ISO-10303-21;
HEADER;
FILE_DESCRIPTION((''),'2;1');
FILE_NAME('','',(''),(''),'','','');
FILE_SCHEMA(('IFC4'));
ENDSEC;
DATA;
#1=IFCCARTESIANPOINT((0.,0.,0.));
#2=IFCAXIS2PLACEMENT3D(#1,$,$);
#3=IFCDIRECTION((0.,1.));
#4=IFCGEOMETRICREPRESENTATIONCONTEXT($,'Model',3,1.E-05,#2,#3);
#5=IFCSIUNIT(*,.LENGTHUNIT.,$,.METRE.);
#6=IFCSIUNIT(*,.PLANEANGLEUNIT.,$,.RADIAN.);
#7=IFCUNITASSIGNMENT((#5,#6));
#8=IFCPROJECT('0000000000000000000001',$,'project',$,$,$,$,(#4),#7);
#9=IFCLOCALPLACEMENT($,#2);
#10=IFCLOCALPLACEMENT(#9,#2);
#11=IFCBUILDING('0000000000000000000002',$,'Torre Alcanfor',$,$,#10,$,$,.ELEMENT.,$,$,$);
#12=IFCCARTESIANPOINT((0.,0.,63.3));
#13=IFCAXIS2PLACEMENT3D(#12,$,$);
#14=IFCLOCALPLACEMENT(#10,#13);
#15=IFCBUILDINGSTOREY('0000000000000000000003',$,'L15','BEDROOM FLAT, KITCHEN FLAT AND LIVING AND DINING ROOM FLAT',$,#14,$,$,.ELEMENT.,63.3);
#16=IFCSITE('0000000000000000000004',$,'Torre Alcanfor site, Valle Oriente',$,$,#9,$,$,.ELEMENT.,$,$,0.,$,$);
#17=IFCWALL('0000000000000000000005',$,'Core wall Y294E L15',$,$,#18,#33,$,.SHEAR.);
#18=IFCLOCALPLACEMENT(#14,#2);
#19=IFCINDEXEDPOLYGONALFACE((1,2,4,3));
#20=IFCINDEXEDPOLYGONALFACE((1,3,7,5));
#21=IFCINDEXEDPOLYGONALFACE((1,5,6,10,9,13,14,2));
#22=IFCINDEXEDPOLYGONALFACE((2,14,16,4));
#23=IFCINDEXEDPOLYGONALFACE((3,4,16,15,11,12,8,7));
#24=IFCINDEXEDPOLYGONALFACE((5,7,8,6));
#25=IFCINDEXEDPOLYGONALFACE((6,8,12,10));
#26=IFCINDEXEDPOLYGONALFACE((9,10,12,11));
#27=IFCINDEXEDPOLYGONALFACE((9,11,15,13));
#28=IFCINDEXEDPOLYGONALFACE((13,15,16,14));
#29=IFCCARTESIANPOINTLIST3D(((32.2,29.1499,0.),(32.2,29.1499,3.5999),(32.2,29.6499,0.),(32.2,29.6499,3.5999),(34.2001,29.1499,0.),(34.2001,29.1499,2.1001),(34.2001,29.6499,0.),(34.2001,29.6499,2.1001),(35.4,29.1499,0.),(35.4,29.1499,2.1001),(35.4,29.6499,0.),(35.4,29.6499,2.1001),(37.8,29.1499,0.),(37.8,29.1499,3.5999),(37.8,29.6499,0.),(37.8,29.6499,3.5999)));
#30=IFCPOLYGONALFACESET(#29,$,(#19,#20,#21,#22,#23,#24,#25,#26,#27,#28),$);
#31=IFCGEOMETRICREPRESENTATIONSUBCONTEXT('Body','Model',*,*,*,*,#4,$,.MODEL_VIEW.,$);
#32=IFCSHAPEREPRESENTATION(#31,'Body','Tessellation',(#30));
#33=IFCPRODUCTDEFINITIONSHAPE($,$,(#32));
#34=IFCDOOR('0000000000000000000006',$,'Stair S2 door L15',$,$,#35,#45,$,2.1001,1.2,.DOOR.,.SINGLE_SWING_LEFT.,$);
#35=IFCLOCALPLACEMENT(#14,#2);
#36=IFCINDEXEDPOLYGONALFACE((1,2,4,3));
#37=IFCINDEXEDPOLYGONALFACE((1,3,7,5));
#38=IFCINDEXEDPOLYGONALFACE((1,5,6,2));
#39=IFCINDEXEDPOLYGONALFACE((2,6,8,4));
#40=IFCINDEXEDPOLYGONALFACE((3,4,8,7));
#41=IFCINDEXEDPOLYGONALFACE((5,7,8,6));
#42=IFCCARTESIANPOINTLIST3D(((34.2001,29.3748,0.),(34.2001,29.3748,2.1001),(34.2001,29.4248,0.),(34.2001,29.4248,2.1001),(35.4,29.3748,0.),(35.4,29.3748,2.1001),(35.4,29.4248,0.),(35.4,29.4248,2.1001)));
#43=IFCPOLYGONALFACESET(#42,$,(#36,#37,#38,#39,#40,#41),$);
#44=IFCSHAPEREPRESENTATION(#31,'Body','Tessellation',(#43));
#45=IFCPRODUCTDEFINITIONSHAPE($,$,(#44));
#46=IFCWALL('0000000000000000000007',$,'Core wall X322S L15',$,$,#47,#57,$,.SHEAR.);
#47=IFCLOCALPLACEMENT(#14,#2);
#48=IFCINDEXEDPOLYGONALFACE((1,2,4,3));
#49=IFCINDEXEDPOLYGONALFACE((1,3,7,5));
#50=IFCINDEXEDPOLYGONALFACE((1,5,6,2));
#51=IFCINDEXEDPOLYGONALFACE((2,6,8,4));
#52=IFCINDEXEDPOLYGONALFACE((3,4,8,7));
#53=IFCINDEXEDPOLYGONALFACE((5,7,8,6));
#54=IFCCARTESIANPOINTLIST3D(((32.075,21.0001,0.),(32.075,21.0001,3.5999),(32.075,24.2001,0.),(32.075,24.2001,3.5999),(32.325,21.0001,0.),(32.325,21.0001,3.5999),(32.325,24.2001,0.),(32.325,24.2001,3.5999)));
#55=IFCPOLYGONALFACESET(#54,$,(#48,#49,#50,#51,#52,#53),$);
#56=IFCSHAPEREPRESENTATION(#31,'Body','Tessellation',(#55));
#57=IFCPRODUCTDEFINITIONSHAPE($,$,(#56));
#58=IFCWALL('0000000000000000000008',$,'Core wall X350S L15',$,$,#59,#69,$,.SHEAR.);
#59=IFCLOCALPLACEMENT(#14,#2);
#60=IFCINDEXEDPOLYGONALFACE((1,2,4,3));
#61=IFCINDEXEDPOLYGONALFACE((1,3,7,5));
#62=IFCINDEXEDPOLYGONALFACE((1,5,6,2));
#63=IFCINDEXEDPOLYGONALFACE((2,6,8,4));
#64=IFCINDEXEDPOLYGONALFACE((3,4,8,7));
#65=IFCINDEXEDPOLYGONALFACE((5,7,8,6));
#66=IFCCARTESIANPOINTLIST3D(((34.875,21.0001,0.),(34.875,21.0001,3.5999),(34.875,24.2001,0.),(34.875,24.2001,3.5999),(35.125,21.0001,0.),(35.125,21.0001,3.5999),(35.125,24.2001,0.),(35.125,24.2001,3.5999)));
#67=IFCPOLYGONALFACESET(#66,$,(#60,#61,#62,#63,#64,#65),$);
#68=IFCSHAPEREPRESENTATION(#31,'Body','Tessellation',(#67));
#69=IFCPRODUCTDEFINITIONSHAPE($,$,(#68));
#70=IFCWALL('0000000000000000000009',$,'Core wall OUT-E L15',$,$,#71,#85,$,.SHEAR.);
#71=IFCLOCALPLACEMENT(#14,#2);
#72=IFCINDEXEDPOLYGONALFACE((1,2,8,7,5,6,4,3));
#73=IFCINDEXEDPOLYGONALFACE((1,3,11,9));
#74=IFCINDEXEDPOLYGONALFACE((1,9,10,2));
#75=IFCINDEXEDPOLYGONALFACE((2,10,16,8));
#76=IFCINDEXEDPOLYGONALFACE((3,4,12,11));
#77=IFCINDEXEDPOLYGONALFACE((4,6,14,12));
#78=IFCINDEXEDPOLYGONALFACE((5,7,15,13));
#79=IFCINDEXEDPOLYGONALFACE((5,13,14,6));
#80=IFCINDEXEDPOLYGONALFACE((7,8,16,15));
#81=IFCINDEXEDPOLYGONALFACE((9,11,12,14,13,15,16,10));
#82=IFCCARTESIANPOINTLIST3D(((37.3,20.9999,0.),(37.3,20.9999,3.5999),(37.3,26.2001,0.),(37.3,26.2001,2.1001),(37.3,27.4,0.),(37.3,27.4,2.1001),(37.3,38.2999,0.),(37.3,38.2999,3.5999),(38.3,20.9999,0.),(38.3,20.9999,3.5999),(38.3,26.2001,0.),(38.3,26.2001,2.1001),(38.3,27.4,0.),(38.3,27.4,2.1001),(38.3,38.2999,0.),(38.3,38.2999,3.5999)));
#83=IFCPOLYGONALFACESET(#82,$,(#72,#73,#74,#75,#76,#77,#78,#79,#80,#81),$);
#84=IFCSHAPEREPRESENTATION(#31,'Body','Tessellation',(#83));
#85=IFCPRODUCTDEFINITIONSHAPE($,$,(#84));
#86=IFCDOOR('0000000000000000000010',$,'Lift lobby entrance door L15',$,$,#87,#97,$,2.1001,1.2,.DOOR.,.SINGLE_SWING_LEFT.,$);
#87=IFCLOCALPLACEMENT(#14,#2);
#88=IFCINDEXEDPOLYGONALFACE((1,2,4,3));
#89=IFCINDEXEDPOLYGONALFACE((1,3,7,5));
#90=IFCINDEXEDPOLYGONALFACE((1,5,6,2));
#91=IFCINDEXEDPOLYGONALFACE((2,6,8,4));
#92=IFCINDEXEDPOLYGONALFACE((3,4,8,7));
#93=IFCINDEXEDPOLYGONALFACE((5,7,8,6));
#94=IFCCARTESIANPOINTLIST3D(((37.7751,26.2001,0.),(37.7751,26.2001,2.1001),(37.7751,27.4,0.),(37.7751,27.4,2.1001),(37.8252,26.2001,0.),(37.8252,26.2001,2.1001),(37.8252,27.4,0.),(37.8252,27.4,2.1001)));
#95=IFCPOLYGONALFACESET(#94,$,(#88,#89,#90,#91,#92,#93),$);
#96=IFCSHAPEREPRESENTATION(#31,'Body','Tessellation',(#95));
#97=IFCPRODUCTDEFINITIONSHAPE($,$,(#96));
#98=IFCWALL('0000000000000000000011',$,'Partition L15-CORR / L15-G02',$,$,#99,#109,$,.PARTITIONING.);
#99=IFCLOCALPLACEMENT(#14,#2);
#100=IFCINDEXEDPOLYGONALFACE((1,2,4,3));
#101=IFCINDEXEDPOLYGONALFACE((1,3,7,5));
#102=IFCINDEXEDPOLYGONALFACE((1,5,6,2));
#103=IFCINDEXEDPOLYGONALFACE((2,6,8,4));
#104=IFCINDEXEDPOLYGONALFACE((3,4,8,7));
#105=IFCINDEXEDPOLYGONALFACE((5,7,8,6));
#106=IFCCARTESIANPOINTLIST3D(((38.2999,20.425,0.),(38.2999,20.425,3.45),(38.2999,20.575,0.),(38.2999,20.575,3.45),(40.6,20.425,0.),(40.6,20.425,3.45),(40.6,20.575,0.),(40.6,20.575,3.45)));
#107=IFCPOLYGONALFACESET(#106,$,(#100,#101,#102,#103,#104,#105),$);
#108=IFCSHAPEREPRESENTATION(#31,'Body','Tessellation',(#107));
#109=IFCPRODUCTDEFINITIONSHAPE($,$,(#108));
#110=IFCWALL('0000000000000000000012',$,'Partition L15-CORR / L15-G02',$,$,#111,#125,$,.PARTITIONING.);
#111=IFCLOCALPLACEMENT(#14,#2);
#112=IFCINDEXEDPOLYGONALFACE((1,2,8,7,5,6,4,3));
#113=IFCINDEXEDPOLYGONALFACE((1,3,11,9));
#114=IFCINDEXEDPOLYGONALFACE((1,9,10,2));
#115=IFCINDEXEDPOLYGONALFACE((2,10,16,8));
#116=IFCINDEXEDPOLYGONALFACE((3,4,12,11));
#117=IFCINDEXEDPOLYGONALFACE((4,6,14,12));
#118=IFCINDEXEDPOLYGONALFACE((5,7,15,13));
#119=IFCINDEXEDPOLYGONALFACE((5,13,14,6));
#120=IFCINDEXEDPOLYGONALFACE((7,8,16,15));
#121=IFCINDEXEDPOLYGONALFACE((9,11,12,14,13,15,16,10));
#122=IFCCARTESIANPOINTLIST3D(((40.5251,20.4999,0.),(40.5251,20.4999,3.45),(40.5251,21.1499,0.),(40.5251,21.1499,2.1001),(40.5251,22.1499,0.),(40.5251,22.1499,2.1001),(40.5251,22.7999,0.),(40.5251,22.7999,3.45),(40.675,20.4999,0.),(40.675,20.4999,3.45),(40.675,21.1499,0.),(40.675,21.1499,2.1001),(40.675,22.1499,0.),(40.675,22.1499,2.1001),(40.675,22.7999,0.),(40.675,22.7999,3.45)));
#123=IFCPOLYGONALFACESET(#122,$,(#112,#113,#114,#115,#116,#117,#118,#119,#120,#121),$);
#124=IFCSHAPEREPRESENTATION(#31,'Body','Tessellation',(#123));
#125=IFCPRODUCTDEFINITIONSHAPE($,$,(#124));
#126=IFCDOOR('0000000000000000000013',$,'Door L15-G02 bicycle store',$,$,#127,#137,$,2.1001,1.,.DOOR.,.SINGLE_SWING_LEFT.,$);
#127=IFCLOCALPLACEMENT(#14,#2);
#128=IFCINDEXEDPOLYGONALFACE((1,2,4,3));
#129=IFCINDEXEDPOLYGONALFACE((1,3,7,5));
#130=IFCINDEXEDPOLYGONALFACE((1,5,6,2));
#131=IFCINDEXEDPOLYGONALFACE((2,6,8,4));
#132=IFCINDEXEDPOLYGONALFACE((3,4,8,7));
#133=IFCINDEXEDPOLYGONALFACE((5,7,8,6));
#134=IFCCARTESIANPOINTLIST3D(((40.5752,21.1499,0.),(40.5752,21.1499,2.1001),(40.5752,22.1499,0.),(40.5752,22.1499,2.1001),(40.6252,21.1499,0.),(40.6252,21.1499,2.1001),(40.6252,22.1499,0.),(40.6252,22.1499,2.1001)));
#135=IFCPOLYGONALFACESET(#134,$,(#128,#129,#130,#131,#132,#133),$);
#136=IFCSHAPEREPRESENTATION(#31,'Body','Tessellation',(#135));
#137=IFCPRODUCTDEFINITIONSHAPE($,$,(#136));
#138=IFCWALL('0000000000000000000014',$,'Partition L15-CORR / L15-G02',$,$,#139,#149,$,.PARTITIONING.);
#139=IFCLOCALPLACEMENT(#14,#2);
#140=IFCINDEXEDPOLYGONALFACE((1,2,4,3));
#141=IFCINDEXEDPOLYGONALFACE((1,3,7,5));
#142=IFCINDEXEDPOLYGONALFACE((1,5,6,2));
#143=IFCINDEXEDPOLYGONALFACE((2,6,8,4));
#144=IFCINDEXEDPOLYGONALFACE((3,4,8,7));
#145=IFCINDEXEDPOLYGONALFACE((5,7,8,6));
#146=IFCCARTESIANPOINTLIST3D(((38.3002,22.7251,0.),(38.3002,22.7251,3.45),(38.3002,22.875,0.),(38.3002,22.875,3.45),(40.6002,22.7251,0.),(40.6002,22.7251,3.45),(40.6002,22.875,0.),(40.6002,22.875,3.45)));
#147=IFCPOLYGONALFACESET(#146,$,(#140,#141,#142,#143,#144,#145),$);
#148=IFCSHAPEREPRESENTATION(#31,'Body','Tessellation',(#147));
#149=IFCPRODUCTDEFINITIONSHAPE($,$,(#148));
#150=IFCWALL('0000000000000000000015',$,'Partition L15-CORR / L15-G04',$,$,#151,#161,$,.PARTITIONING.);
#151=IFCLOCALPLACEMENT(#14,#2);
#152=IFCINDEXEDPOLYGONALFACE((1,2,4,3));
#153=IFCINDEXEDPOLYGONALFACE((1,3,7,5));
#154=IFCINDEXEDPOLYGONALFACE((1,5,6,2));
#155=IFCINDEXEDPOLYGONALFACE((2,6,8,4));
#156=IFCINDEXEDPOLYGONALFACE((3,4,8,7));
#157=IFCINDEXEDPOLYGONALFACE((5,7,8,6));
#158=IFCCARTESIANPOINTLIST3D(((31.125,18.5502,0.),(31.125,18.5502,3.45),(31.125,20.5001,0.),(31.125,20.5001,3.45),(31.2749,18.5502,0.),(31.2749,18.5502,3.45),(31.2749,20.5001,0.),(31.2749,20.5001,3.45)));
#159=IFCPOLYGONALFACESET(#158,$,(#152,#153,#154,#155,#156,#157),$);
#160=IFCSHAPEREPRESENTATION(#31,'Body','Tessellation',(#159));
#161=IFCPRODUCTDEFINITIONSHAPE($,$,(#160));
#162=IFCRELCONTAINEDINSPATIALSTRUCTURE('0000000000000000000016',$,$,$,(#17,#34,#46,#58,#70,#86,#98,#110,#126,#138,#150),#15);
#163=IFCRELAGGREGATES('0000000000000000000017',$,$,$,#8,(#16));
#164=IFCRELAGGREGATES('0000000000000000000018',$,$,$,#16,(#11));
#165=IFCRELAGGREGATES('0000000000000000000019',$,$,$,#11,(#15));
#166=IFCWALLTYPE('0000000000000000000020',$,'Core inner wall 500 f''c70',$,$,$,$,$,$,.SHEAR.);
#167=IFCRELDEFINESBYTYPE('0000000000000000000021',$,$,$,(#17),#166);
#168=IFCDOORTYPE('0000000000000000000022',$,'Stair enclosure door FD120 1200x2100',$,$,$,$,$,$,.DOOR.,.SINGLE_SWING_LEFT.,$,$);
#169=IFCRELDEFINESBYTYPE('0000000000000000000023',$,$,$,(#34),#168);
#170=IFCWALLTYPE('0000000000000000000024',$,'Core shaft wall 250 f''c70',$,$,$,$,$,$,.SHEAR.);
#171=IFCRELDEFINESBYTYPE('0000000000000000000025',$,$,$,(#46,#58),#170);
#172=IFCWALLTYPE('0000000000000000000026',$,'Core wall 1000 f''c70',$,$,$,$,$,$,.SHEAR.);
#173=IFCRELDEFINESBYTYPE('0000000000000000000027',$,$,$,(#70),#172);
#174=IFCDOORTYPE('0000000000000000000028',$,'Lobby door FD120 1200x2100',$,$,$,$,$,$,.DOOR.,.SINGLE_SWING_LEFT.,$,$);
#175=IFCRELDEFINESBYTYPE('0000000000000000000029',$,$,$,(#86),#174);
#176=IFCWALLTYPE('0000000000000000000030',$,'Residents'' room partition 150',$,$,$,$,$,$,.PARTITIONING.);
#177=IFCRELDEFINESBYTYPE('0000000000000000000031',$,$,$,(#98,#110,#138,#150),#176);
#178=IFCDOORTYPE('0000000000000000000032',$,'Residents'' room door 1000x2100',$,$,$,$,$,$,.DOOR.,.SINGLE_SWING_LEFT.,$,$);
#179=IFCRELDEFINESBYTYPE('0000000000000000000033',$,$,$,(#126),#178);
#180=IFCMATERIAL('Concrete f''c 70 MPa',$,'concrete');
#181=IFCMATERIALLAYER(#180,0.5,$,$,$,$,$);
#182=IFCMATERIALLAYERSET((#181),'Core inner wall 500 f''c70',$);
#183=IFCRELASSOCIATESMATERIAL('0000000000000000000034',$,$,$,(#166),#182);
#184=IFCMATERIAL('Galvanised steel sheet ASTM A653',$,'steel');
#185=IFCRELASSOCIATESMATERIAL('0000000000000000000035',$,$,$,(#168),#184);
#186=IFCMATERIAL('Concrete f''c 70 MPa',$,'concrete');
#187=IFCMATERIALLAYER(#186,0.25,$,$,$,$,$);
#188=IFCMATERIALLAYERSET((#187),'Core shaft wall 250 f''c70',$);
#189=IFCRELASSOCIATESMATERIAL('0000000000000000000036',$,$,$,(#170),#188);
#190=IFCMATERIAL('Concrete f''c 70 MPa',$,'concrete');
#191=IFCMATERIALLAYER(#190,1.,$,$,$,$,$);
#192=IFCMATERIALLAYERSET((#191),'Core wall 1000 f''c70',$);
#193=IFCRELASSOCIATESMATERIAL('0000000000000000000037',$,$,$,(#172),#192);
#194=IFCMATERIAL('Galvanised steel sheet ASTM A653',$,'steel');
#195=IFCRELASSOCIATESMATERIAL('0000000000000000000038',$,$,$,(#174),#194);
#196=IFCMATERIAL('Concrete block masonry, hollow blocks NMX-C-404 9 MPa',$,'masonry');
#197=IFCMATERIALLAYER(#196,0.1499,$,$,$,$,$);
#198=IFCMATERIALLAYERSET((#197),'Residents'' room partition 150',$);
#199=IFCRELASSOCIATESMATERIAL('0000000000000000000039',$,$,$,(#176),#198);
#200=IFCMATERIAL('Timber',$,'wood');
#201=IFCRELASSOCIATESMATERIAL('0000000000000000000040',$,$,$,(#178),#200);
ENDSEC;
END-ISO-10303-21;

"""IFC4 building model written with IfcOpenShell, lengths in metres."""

from ifc_helpers import new_model, si_unit, direction, frame, frame_2d, origin, place, context, subcontext, project, spatial, rectangle, extrude, material, layer, layer_set, type_object, element, fill, save


model = new_model("IFC4")

# Units and contexts
model_context = context("Model", 3, precision=1e-05, world=origin(), true_north=direction((0.0, 1.0)))
body_context = subcontext(model_context, "Body", "Model", "MODEL_VIEW")
ifc_project = project(units=[si_unit("LENGTHUNIT", "METRE"), si_unit("PLANEANGLEUNIT", "RADIAN")], contexts=[model_context])

# Site, building, storey
site_placement = place(None, origin())
site = spatial("IfcSite", under=ifc_project, at=site_placement, Name="Torre Alcanfor site, Valle Oriente", CompositionType="ELEMENT", RefElevation=0.0)
building_placement = place(site_placement, origin())
building = spatial("IfcBuilding", under=site, at=building_placement, Name="Torre Alcanfor", CompositionType="ELEMENT")
storey_placement = place(building_placement, frame((0.0, 0.0, 63.3)))
storey = spatial("IfcBuildingStorey", under=building, at=storey_placement, Name="L15", Description="BEDROOM FLAT, KITCHEN FLAT AND LIVING AND DINING ROOM FLAT", CompositionType="ELEMENT", Elevation=63.3)

# Shared definitions
ifc_material_1 = material(Name="Concrete f'c 70 MPa", Category="concrete")
ifc_layer_1 = layer(ifc_material_1, 0.5)
ifc_layer_set_1 = layer_set([ifc_layer_1], Name="Core inner wall 500 f'c70")
wall_type_1 = type_object("IfcWallType", Name="Core inner wall 500 f'c70", PredefinedType="SHEAR", material=ifc_layer_set_1)

# Wall, opening, door
wall_1_placement = place(storey_placement, frame((32.2, 29.3999, 0.0), z_axis=(0.0, 0.0, 1.0), x_axis=(1.0, 0.0, 0.0)))
wall_1 = element("IfcWall", 1, at=wall_1_placement, inside=storey, type_object=wall_type_1, Name="Core wall Y294E L15", PredefinedType="SHEAR", context=body_context, shape_type="SweptSolid", body=[
    extrude(rectangle(XDim=5.6001, YDim=0.5, at=frame_2d((2.8, 0.0))), origin(), (0.0, 0.0, 1.0), 3.5999),
])
opening_1_placement = place(wall_1_placement, frame((2.0, 0.0, 0.0)))
opening_1 = element("IfcOpeningElement", 2, at=opening_1_placement, cuts=wall_1, PredefinedType="OPENING", context=body_context, shape_type="SweptSolid", body=[
    extrude(rectangle(XDim=1.2, YDim=2.1001, at=frame_2d((0.6001, 1.05))), frame((0.0, 0.26, 0.0), z_axis=(0.0, -1.0, 0.0), x_axis=(1.0, 0.0, 0.0)), (0.0, 0.0, 1.0), 0.52),
])
ifc_material_2 = material(Name="Galvanised steel sheet ASTM A653", Category="steel")
door_type_1 = type_object("IfcDoorType", Name="Stair enclosure door FD120 1200x2100", OperationType="SINGLE_SWING_LEFT", PredefinedType="DOOR", material=ifc_material_2)
door_1_placement = place(opening_1_placement, origin())
door_1 = element("IfcDoor", 3, at=door_1_placement, inside=storey, type_object=door_type_1, Name="Stair S2 door L15", OperationType="SINGLE_SWING_LEFT", OverallHeight=2.1001, OverallWidth=1.2, PredefinedType="DOOR", context=body_context, shape_type="SweptSolid", body=[
    extrude(rectangle(XDim=1.2, YDim=2.1001, at=frame_2d((0.6001, 1.05))), frame((0.0, 0.0249, 0.0), z_axis=(0.0, -1.0, 0.0), x_axis=(1.0, 0.0, 0.0)), (0.0, 0.0, 1.0), 0.05),
])
fill(opening_1, door_1)

# Walls
ifc_material_3 = material(Name="Concrete f'c 70 MPa", Category="concrete")
ifc_layer_2 = layer(ifc_material_3, 0.25)
ifc_layer_set_2 = layer_set([ifc_layer_2], Name="Core shaft wall 250 f'c70")
wall_type_2 = type_object("IfcWallType", Name="Core shaft wall 250 f'c70", PredefinedType="SHEAR", material=ifc_layer_set_2)
for number, where, z_axis, x_axis, name in (
    (4, (32.2, 21.0, 0.0), (0.0, 0.0, 1.0), (0.0, 1.0, 0.0), "Core wall X322S L15"),
    (5, (35.0, 21.0, 0.0), (0.0, 0.0, 1.0), (0.0, 1.0, 0.0), "Core wall X350S L15"),
):
    element("IfcWall", number, at=place(storey_placement, frame(where, z_axis=z_axis, x_axis=x_axis)), inside=storey, type_object=wall_type_2, Name=name, PredefinedType="SHEAR", context=body_context, shape_type="SweptSolid", body=[
        extrude(rectangle(XDim=3.2, YDim=0.25, at=frame_2d((1.6001, 0.0))), origin(), (0.0, 0.0, 1.0), 3.5999),
    ])

# Wall, opening, door
ifc_material_4 = material(Name="Concrete f'c 70 MPa", Category="concrete")
ifc_layer_3 = layer(ifc_material_4, 1.0)
ifc_layer_set_3 = layer_set([ifc_layer_3], Name="Core wall 1000 f'c70")
wall_type_3 = type_object("IfcWallType", Name="Core wall 1000 f'c70", PredefinedType="SHEAR", material=ifc_layer_set_3)
wall_2_placement = place(storey_placement, frame((37.8, 21.0, 0.0), z_axis=(0.0, 0.0, 1.0), x_axis=(0.0, 1.0, 0.0)))
wall_2 = element("IfcWall", 6, at=wall_2_placement, inside=storey, type_object=wall_type_3, Name="Core wall OUT-E L15", PredefinedType="SHEAR", context=body_context, shape_type="SweptSolid", body=[
    extrude(rectangle(XDim=17.3, YDim=1.0, at=frame_2d((8.6499, 0.0))), origin(), (0.0, 0.0, 1.0), 3.5999),
])
opening_2_placement = place(wall_2_placement, frame((5.2, 0.0, 0.0)))
opening_2 = element("IfcOpeningElement", 7, at=opening_2_placement, cuts=wall_2, PredefinedType="OPENING", context=body_context, shape_type="SweptSolid", body=[
    extrude(rectangle(XDim=1.2, YDim=2.1001, at=frame_2d((0.6001, 1.05))), frame((0.0, 0.51, 0.0), z_axis=(0.0, -1.0, 0.0), x_axis=(1.0, 0.0, 0.0)), (0.0, 0.0, 1.0), 1.02),
])
ifc_material_5 = material(Name="Galvanised steel sheet ASTM A653", Category="steel")
door_type_2 = type_object("IfcDoorType", Name="Lobby door FD120 1200x2100", OperationType="SINGLE_SWING_LEFT", PredefinedType="DOOR", material=ifc_material_5)
door_2_placement = place(opening_2_placement, origin())
door_2 = element("IfcDoor", 8, at=door_2_placement, inside=storey, type_object=door_type_2, Name="Lift lobby entrance door L15", OperationType="SINGLE_SWING_LEFT", OverallHeight=2.1001, OverallWidth=1.2, PredefinedType="DOOR", context=body_context, shape_type="SweptSolid", body=[
    extrude(rectangle(XDim=1.2, YDim=2.1001, at=frame_2d((0.6001, 1.05))), frame((0.0, 0.0249, 0.0), z_axis=(0.0, -1.0, 0.0), x_axis=(1.0, 0.0, 0.0)), (0.0, 0.0, 1.0), 0.05),
])
fill(opening_2, door_2)

# Wall
ifc_material_6 = material(Name="Concrete block masonry, hollow blocks NMX-C-404 9 MPa", Category="masonry")
ifc_layer_4 = layer(ifc_material_6, 0.1499)
ifc_layer_set_4 = layer_set([ifc_layer_4], Name="Residents' room partition 150")
wall_type_4 = type_object("IfcWallType", Name="Residents' room partition 150", PredefinedType="PARTITIONING", material=ifc_layer_set_4)
wall_3_placement = place(storey_placement, frame((38.3, 20.5, 0.0), z_axis=(0.0, 0.0, 1.0), x_axis=(1.0, 0.0, 0.0)))
element("IfcWall", 9, at=wall_3_placement, inside=storey, type_object=wall_type_4, Name="Partition L15-CORR / L15-G02", PredefinedType="PARTITIONING", context=body_context, shape_type="SweptSolid", body=[
    extrude(rectangle(XDim=2.3, YDim=0.1499, at=frame_2d((1.1499, 0.0))), origin(), (0.0, 0.0, 1.0), 3.45),
])

# Wall, opening, door
wall_4_placement = place(storey_placement, frame((40.6001, 20.5, 0.0), z_axis=(0.0, 0.0, 1.0), x_axis=(0.0, 1.0, 0.0)))
wall_4 = element("IfcWall", 10, at=wall_4_placement, inside=storey, type_object=wall_type_4, Name="Partition L15-CORR / L15-G02", PredefinedType="PARTITIONING", context=body_context, shape_type="SweptSolid", body=[
    extrude(rectangle(XDim=2.3, YDim=0.1499, at=frame_2d((1.1499, 0.0))), origin(), (0.0, 0.0, 1.0), 3.45),
])
opening_3_placement = place(wall_4_placement, frame((0.6499, 0.0, 0.0)))
opening_3 = element("IfcOpeningElement", 11, at=opening_3_placement, cuts=wall_4, PredefinedType="OPENING", context=body_context, shape_type="SweptSolid", body=[
    extrude(rectangle(XDim=1.0, YDim=2.1001, at=frame_2d((0.5, 1.05))), frame((0.0, 0.085, 0.0), z_axis=(0.0, -1.0, 0.0), x_axis=(1.0, 0.0, 0.0)), (0.0, 0.0, 1.0), 0.1699),
])
ifc_material_7 = material(Name="Timber", Category="wood")
door_type_3 = type_object("IfcDoorType", Name="Residents' room door 1000x2100", OperationType="SINGLE_SWING_LEFT", PredefinedType="DOOR", material=ifc_material_7)
door_3_placement = place(opening_3_placement, origin())
door_3 = element("IfcDoor", 12, at=door_3_placement, inside=storey, type_object=door_type_3, Name="Door L15-G02 bicycle store", OperationType="SINGLE_SWING_LEFT", OverallHeight=2.1001, OverallWidth=1.0, PredefinedType="DOOR", context=body_context, shape_type="SweptSolid", body=[
    extrude(rectangle(XDim=1.0, YDim=2.1001, at=frame_2d((0.5, 1.05))), frame((0.0, 0.0249, 0.0), z_axis=(0.0, -1.0, 0.0), x_axis=(1.0, 0.0, 0.0)), (0.0, 0.0, 1.0), 0.05),
])
fill(opening_3, door_3)

# Walls
wall_5_placement = place(storey_placement, frame((40.6001, 22.8, 0.0), z_axis=(0.0, 0.0, 1.0), x_axis=(-1.0, 0.0, 0.0)))
element("IfcWall", 13, at=wall_5_placement, inside=storey, type_object=wall_type_4, Name="Partition L15-CORR / L15-G02", PredefinedType="PARTITIONING", context=body_context, shape_type="SweptSolid", body=[
    extrude(rectangle(XDim=2.3, YDim=0.1499, at=frame_2d((1.1499, 0.0))), origin(), (0.0, 0.0, 1.0), 3.45),
])
wall_6_placement = place(storey_placement, frame((31.2, 18.55, 0.0), z_axis=(0.0, 0.0, 1.0), x_axis=(0.0, 1.0, 0.0)))
element("IfcWall", 14, at=wall_6_placement, inside=storey, type_object=wall_type_4, Name="Partition L15-CORR / L15-G04", PredefinedType="PARTITIONING", context=body_context, shape_type="SweptSolid", body=[
    extrude(rectangle(XDim=1.95, YDim=0.1499, at=frame_2d((0.9751, 0.0))), origin(), (0.0, 0.0, 1.0), 3.45),
])

save(model, "model.ifc")
